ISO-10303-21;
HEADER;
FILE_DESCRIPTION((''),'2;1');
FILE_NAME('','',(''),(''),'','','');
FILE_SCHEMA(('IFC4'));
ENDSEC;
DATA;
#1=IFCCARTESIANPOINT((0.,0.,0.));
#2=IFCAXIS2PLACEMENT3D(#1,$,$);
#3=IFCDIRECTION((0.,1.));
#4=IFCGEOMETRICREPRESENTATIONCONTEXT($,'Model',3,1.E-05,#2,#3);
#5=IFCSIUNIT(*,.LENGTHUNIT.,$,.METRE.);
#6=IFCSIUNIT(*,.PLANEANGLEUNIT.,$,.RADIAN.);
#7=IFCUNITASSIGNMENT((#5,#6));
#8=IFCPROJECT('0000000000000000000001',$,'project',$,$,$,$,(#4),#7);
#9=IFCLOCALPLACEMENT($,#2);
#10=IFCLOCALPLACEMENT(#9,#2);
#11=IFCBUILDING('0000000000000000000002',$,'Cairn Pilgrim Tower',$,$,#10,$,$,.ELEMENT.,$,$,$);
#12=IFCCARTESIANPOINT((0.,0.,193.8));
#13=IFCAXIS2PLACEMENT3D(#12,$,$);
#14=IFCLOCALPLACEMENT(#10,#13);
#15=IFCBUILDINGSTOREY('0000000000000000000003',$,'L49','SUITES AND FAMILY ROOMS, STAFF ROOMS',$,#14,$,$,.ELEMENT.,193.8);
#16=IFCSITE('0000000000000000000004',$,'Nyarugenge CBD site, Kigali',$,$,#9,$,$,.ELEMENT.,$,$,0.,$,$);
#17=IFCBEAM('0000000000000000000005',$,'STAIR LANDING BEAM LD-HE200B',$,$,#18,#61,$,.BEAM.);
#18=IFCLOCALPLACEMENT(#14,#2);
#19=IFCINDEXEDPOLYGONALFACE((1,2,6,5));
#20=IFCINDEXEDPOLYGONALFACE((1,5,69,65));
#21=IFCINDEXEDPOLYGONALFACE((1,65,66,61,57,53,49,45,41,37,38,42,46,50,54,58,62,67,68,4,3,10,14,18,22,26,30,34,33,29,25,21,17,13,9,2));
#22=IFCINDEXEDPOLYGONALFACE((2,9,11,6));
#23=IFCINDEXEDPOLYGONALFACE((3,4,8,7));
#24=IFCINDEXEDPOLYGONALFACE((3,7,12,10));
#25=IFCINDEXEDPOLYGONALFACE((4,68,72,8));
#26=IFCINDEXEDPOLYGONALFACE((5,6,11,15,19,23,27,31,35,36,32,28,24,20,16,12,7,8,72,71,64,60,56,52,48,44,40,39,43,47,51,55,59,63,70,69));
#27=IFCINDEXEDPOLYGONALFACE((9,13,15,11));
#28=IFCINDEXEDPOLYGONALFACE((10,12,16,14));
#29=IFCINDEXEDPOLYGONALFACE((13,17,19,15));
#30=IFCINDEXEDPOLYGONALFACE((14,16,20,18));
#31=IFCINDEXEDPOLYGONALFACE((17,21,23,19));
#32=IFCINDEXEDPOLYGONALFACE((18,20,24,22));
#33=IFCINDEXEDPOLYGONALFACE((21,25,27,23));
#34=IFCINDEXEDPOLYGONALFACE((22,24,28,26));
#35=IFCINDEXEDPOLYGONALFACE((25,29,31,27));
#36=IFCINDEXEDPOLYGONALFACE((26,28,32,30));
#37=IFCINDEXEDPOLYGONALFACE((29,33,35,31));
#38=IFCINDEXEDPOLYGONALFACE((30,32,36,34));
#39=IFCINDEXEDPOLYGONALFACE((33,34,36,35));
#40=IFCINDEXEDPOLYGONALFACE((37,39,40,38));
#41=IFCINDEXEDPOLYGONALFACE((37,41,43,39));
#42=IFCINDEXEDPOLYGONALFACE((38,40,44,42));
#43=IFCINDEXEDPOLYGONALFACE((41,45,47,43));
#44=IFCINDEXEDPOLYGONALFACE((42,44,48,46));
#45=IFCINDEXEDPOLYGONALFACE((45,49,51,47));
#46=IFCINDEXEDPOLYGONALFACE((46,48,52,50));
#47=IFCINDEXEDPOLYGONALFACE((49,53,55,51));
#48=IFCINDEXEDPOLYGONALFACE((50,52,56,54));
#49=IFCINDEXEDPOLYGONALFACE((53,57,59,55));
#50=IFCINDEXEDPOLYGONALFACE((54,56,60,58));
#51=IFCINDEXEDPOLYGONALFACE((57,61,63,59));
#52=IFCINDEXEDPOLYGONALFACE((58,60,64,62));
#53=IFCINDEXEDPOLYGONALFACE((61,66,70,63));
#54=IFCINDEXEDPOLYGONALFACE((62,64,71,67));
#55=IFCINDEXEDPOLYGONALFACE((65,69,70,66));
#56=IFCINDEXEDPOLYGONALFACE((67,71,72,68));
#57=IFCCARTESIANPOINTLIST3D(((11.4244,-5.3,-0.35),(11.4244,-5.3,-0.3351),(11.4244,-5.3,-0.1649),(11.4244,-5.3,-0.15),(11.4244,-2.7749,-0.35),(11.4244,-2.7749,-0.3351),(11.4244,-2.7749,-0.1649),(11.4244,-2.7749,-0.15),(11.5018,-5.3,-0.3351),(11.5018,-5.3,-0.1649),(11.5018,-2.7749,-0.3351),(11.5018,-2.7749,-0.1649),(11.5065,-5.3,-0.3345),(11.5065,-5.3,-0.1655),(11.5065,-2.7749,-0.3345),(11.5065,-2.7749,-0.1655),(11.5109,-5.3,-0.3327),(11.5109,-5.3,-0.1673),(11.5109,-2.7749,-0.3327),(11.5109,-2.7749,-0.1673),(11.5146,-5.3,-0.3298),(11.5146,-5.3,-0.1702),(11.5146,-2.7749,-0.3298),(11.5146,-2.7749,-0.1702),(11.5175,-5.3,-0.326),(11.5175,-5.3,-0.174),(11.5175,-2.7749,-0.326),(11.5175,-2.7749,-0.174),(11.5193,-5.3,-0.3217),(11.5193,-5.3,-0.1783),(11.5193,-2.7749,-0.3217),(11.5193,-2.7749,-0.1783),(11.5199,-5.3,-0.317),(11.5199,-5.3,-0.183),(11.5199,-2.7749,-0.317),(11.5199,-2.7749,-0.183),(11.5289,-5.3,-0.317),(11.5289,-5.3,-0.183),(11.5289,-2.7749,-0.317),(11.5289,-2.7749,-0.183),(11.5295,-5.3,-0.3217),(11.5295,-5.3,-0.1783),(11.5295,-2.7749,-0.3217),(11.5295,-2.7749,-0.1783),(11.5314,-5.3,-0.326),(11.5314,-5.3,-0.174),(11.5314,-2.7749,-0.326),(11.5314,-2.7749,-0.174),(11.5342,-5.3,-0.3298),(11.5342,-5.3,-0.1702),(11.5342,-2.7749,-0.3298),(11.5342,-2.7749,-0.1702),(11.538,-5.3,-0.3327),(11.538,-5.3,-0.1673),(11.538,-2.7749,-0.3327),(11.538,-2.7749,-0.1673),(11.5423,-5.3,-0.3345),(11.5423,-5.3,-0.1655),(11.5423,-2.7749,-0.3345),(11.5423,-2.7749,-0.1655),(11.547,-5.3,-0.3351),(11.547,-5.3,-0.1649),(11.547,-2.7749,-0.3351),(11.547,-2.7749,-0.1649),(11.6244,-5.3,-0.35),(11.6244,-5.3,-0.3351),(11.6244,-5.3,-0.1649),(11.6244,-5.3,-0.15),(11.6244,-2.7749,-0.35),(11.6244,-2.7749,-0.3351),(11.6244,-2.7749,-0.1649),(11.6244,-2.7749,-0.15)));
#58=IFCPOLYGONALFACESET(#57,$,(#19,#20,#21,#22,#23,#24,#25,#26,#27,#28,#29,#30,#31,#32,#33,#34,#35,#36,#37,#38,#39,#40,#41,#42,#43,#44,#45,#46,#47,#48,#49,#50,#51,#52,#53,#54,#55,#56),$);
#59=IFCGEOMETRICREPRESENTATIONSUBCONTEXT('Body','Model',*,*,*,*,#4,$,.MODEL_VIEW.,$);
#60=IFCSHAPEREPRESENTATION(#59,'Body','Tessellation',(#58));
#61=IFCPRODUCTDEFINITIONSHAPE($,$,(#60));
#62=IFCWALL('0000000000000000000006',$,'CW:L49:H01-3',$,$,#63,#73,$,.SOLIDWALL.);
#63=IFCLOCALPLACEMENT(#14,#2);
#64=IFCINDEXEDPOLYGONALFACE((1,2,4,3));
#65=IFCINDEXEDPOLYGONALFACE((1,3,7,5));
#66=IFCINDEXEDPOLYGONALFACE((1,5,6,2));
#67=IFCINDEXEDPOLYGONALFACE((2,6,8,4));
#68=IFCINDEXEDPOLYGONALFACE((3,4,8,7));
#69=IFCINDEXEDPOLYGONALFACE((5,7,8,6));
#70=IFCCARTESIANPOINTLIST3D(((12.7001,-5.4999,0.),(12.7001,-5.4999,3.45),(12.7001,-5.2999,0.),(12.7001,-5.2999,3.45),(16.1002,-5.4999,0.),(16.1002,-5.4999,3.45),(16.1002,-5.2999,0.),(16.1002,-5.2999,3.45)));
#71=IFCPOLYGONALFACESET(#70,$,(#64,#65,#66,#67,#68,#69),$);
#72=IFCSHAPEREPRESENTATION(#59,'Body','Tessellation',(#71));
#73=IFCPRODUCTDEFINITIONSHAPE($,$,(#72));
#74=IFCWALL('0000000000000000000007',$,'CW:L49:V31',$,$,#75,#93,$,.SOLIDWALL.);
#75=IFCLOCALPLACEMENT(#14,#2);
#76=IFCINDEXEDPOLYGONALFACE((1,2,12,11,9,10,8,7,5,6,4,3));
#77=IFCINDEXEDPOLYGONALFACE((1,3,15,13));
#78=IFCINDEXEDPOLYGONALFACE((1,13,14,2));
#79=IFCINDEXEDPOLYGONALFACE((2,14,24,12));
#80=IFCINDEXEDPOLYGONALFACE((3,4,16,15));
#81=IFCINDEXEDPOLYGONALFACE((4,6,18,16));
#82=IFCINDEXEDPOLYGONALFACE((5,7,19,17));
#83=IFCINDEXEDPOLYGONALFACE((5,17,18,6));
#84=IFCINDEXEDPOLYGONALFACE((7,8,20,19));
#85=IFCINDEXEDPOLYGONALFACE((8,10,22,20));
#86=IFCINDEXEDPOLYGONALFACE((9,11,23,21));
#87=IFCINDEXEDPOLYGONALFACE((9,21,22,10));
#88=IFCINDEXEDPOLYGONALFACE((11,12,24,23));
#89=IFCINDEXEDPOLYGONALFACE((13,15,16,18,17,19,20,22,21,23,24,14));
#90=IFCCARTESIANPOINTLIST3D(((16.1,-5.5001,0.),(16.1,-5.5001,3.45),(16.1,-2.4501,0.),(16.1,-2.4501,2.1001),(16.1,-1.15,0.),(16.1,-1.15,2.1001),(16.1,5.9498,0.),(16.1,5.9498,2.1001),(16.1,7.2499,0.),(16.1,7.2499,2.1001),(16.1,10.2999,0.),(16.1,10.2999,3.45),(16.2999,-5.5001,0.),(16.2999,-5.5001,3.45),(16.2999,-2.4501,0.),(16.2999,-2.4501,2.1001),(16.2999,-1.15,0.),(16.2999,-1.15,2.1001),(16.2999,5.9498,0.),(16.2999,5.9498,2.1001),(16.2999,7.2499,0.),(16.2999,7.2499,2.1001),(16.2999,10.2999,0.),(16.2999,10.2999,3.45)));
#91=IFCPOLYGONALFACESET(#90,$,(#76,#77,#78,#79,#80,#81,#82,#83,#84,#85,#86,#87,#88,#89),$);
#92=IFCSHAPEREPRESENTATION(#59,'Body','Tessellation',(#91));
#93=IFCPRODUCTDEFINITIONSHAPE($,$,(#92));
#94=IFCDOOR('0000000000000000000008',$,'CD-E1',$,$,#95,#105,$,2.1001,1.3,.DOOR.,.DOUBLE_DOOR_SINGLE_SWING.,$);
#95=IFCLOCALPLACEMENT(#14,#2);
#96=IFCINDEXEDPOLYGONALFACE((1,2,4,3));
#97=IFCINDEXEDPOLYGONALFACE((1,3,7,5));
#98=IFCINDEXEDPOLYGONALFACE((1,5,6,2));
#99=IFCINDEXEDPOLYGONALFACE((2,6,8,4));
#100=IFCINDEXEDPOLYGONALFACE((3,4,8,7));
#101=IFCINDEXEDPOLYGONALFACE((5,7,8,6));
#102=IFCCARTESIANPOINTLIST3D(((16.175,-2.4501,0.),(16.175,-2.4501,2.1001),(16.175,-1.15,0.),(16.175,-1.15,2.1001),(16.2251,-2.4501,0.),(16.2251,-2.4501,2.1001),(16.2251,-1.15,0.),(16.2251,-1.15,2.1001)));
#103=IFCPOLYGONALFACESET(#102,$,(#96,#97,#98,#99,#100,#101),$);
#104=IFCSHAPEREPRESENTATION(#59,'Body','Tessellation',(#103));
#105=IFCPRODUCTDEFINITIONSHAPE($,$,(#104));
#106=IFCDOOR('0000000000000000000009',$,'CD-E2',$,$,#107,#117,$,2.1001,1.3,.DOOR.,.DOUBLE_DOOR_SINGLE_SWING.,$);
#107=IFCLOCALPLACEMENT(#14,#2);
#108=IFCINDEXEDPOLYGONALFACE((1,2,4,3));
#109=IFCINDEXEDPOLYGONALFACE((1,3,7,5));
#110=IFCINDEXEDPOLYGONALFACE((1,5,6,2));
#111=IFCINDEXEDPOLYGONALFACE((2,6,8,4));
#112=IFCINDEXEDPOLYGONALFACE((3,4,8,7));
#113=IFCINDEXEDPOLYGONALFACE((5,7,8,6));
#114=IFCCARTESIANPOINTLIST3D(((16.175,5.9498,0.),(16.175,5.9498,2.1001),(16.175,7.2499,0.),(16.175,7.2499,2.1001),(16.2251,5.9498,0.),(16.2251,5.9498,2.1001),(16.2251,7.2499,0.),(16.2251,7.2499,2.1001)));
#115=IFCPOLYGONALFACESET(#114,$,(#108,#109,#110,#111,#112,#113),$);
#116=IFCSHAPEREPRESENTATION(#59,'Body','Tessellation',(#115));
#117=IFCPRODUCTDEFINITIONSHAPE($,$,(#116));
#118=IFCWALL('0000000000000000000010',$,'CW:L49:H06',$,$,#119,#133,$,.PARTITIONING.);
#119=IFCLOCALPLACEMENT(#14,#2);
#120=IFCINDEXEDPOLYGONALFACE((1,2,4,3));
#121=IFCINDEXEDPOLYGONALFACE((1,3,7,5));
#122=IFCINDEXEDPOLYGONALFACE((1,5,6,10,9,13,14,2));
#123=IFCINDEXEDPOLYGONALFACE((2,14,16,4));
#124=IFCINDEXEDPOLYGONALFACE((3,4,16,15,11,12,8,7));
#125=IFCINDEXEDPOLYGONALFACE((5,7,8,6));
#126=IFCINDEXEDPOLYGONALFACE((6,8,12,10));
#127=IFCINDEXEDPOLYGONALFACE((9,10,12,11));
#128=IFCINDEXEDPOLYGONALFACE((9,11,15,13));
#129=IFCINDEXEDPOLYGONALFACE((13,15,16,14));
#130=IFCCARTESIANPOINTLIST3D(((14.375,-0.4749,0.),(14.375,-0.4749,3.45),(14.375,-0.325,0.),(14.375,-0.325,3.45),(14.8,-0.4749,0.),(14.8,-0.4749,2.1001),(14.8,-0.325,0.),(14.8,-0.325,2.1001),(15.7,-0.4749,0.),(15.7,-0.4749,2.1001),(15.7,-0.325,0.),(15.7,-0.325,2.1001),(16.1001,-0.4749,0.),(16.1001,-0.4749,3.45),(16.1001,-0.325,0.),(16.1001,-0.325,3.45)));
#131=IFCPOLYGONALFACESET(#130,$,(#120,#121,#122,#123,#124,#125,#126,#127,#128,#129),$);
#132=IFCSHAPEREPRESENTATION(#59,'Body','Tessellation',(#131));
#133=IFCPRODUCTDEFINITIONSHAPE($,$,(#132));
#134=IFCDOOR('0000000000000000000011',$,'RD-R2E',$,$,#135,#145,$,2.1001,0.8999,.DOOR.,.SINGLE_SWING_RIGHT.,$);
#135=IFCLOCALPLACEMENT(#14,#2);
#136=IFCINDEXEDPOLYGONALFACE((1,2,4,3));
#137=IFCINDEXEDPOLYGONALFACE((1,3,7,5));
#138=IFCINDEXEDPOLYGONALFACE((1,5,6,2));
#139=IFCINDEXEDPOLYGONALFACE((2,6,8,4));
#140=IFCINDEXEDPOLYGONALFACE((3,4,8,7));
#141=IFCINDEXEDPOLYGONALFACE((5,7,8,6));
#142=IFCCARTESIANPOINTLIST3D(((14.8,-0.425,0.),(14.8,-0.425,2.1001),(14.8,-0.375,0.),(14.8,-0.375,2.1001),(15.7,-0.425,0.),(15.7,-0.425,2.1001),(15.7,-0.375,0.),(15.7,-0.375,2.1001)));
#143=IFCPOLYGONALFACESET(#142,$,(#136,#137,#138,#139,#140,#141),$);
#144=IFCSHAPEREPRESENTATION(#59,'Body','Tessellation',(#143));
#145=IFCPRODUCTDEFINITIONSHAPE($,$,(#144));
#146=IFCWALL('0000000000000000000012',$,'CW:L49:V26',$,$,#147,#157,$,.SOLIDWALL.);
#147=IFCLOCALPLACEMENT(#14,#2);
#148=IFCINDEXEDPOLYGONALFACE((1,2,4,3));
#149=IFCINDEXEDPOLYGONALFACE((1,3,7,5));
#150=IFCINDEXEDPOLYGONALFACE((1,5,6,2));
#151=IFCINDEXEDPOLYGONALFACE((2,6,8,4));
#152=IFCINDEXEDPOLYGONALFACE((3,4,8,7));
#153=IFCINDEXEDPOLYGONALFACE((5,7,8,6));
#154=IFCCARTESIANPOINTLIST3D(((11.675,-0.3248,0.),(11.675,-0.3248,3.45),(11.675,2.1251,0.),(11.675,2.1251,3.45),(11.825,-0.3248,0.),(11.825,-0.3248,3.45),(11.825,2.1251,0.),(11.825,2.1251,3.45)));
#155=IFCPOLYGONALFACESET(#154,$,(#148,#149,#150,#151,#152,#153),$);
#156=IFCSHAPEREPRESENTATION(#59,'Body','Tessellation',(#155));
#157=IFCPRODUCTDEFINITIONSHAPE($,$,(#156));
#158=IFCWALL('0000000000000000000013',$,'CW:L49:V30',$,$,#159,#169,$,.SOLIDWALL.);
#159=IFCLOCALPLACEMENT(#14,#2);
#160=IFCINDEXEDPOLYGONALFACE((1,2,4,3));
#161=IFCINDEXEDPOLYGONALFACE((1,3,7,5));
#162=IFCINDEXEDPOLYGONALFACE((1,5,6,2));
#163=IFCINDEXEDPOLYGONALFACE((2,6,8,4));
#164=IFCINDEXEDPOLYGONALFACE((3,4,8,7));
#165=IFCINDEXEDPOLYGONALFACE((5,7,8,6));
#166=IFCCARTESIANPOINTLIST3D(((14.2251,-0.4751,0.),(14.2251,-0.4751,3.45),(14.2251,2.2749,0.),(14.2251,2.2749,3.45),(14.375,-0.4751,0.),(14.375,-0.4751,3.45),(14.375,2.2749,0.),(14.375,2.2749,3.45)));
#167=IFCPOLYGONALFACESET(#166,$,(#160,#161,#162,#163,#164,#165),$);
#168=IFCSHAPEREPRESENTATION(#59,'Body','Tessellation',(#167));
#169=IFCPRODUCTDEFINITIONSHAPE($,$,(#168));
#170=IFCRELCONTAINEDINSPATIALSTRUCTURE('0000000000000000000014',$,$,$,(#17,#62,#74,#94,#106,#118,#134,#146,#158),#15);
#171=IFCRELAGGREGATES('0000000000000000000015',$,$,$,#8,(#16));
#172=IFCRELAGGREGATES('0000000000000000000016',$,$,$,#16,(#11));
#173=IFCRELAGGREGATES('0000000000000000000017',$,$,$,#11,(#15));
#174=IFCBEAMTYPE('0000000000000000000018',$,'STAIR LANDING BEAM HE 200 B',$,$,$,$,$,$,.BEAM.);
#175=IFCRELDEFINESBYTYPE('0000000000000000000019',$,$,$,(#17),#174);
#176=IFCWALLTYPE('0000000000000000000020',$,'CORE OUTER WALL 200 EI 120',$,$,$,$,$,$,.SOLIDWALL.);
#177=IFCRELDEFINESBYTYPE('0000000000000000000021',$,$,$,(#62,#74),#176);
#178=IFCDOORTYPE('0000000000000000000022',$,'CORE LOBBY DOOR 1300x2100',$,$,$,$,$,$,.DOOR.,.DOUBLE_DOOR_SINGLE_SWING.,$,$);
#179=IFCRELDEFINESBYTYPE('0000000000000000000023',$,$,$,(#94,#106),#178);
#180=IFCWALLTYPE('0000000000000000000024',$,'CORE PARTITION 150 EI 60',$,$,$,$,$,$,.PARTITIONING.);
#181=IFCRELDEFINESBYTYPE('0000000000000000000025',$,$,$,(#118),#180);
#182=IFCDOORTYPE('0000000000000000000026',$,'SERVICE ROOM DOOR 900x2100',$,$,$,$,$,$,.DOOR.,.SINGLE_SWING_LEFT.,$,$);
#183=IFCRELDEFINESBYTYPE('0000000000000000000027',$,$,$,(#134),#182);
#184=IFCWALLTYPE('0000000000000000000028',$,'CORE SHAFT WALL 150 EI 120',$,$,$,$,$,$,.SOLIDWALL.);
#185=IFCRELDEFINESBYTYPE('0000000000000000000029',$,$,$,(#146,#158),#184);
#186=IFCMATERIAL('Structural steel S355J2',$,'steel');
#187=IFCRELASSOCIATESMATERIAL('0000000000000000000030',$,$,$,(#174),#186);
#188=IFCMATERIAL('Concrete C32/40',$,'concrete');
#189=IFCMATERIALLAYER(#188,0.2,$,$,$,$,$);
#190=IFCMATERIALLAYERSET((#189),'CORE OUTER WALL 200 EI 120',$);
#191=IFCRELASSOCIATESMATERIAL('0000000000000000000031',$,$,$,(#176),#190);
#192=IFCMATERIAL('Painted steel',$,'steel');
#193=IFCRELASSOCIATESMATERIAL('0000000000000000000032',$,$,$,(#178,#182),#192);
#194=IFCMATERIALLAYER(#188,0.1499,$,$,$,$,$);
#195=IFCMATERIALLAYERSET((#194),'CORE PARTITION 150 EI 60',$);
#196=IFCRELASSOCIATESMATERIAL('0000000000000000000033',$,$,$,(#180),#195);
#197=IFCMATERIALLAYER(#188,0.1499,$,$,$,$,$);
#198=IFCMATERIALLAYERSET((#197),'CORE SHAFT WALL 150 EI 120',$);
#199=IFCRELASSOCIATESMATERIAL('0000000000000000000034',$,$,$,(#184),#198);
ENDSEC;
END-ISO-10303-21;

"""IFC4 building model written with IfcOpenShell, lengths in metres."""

from ifc_helpers import new_model, si_unit, direction, frame, frame_2d, origin, origin_2d, place, context, subcontext, project, spatial, rectangle, i_section, extrude, material, layer, layer_set, material_profile, profile_set, type_object, element, fill, save


model = new_model("IFC4")

# Units and contexts
model_context = context("Model", 3, precision=1e-05, world=origin(), true_north=direction((0.0, 1.0)))
body_context = subcontext(model_context, "Body", "Model", "MODEL_VIEW")
ifc_project = project(units=[si_unit("LENGTHUNIT", "METRE"), si_unit("PLANEANGLEUNIT", "RADIAN")], contexts=[model_context])

# Site, building, storey
site_placement = place(None, origin())
site = spatial("IfcSite", under=ifc_project, at=site_placement, Name="Nyarugenge CBD site, Kigali", CompositionType="ELEMENT", RefElevation=0.0)
building_placement = place(site_placement, origin())
building = spatial("IfcBuilding", under=site, at=building_placement, Name="Cairn Pilgrim Tower", CompositionType="ELEMENT")
storey_placement = place(building_placement, frame((0.0, 0.0, 193.8)))
storey = spatial("IfcBuildingStorey", under=building, at=storey_placement, Name="L49", Description="SUITES AND FAMILY ROOMS, STAFF ROOMS", CompositionType="ELEMENT", Elevation=193.8)

# Shared definitions
ifc_material_1 = material(Name="Structural steel S355J2", Category="steel")

# Beam
ifc_material_profile_1 = material_profile(ifc_material_1, i_section(OverallWidth=0.2, OverallDepth=0.2, WebThickness=0.009, FlangeThickness=0.0149, FilletRadius=0.0181, at=origin_2d()), Name="HE 200 B")
ifc_profile_set_1 = profile_set([ifc_material_profile_1], Name="Structural steel S355J2")
beam_type_1 = type_object("IfcBeamType", Name="STAIR LANDING BEAM HE 200 B", PredefinedType="BEAM", material=ifc_profile_set_1)
beam_1_placement = place(storey_placement, frame((11.5244, -2.7749, -0.25), z_axis=(0.0, -1.0, 0.0), x_axis=(1.0, 0.0, 0.0)))
element("IfcBeam", 1, at=beam_1_placement, inside=storey, type_object=beam_type_1, Name="STAIR LANDING BEAM LD-HE200B", PredefinedType="BEAM", context=body_context, shape_type="SweptSolid", body=[
    extrude(i_section(OverallWidth=0.2, OverallDepth=0.2, WebThickness=0.009, FlangeThickness=0.0149, FilletRadius=0.0181, at=origin_2d()), origin(), (0.0, 0.0, 1.0), 2.5251),
])

# Wall
ifc_material_2 = material(Name="Concrete C32/40", Category="concrete")
ifc_layer_1 = layer(ifc_material_2, 0.2)
ifc_layer_set_1 = layer_set([ifc_layer_1], Name="CORE OUTER WALL 200 EI 120")
wall_type_1 = type_object("IfcWallType", Name="CORE OUTER WALL 200 EI 120", PredefinedType="SOLIDWALL", material=ifc_layer_set_1)
wall_1_placement = place(storey_placement, frame((12.7, -5.3999, 0.0), z_axis=(0.0, 0.0, 1.0), x_axis=(1.0, 0.0, 0.0)))
element("IfcWall", 2, at=wall_1_placement, inside=storey, type_object=wall_type_1, Name="CW:L49:H01-3", PredefinedType="SOLIDWALL", context=body_context, shape_type="SweptSolid", body=[
    extrude(rectangle(XDim=3.4001, YDim=0.2, at=frame_2d((1.7002, 0.0))), origin(), (0.0, 0.0, 1.0), 3.45),
])

# Wall, openings, doors
wall_2_placement = place(storey_placement, frame((16.2, -5.5, 0.0), z_axis=(0.0, 0.0, 1.0), x_axis=(0.0, 1.0, 0.0)))
wall_2 = element("IfcWall", 3, at=wall_2_placement, inside=storey, type_object=wall_type_1, Name="CW:L49:V31", PredefinedType="SOLIDWALL", context=body_context, shape_type="SweptSolid", body=[
    extrude(rectangle(XDim=15.8, YDim=0.2, at=frame_2d((7.8999, 0.0))), origin(), (0.0, 0.0, 1.0), 3.45),
])
opening_1_placement = place(wall_2_placement, frame((3.05, 0.0, 0.0)))
opening_1 = element("IfcOpeningElement", 4, at=opening_1_placement, cuts=wall_2, PredefinedType="OPENING", context=body_context, shape_type="SweptSolid", body=[
    extrude(rectangle(XDim=1.3, YDim=2.1001, at=frame_2d((0.6499, 1.05))), frame((0.0, 0.1099, 0.0), z_axis=(0.0, -1.0, 0.0), x_axis=(1.0, 0.0, 0.0)), (0.0, 0.0, 1.0), 0.22),
])
opening_2_placement = place(wall_2_placement, frame((11.45, 0.0, 0.0)))
opening_2 = element("IfcOpeningElement", 5, at=opening_2_placement, cuts=wall_2, PredefinedType="OPENING", context=body_context, shape_type="SweptSolid", body=[
    extrude(rectangle(XDim=1.3, YDim=2.1001, at=frame_2d((0.6499, 1.05))), frame((0.0, 0.1099, 0.0), z_axis=(0.0, -1.0, 0.0), x_axis=(1.0, 0.0, 0.0)), (0.0, 0.0, 1.0), 0.22),
])
ifc_material_3 = material(Name="Painted steel", Category="steel")
door_type_1 = type_object("IfcDoorType", Name="CORE LOBBY DOOR 1300x2100", OperationType="DOUBLE_DOOR_SINGLE_SWING", PredefinedType="DOOR", material=ifc_material_3)
door_1_placement = place(opening_1_placement, origin())
door_1 = element("IfcDoor", 6, at=door_1_placement, inside=storey, type_object=door_type_1, Name="CD-E1", OperationType="DOUBLE_DOOR_SINGLE_SWING", OverallHeight=2.1001, OverallWidth=1.3, PredefinedType="DOOR", context=body_context, shape_type="SweptSolid", body=[
    extrude(rectangle(XDim=1.3, YDim=2.1001, at=frame_2d((0.6499, 1.05))), frame((0.0, 0.0249, 0.0), z_axis=(0.0, -1.0, 0.0), x_axis=(1.0, 0.0, 0.0)), (0.0, 0.0, 1.0), 0.05),
])
fill(opening_1, door_1)
door_2_placement = place(opening_2_placement, origin())
door_2 = element("IfcDoor", 7, at=door_2_placement, inside=storey, type_object=door_type_1, Name="CD-E2", OperationType="DOUBLE_DOOR_SINGLE_SWING", OverallHeight=2.1001, OverallWidth=1.3, PredefinedType="DOOR", context=body_context, shape_type="SweptSolid", body=[
    extrude(rectangle(XDim=1.3, YDim=2.1001, at=frame_2d((0.6499, 1.05))), frame((0.0, 0.0249, 0.0), z_axis=(0.0, -1.0, 0.0), x_axis=(1.0, 0.0, 0.0)), (0.0, 0.0, 1.0), 0.05),
])
fill(opening_2, door_2)

# Wall, opening, door
ifc_layer_2 = layer(ifc_material_2, 0.1499)
ifc_layer_set_2 = layer_set([ifc_layer_2], Name="CORE PARTITION 150 EI 60")
wall_type_2 = type_object("IfcWallType", Name="CORE PARTITION 150 EI 60", PredefinedType="PARTITIONING", material=ifc_layer_set_2)
wall_3_placement = place(storey_placement, frame((14.375, -0.3999, 0.0), z_axis=(0.0, 0.0, 1.0), x_axis=(1.0, 0.0, 0.0)))
wall_3 = element("IfcWall", 8, at=wall_3_placement, inside=storey, type_object=wall_type_2, Name="CW:L49:H06", PredefinedType="PARTITIONING", context=body_context, shape_type="SweptSolid", body=[
    extrude(rectangle(XDim=1.7251, YDim=0.1499, at=frame_2d((0.8625, 0.0))), origin(), (0.0, 0.0, 1.0), 3.45),
])
opening_3_placement = place(wall_3_placement, frame((0.425, 0.0, 0.0)))
opening_3 = element("IfcOpeningElement", 9, at=opening_3_placement, cuts=wall_3, PredefinedType="OPENING", context=body_context, shape_type="SweptSolid", body=[
    extrude(rectangle(XDim=0.8999, YDim=2.1001, at=frame_2d((0.45, 1.05))), frame((0.0, 0.085, 0.0), z_axis=(0.0, -1.0, 0.0), x_axis=(1.0, 0.0, 0.0)), (0.0, 0.0, 1.0), 0.1699),
])
door_type_2 = type_object("IfcDoorType", Name="SERVICE ROOM DOOR 900x2100", OperationType="SINGLE_SWING_LEFT", PredefinedType="DOOR", material=ifc_material_3)
door_3_placement = place(opening_3_placement, origin())
door_3 = element("IfcDoor", 10, at=door_3_placement, inside=storey, type_object=door_type_2, Name="RD-R2E", OperationType="SINGLE_SWING_RIGHT", OverallHeight=2.1001, OverallWidth=0.8999, PredefinedType="DOOR", context=body_context, shape_type="SweptSolid", body=[
    extrude(rectangle(XDim=0.8999, YDim=2.1001, at=frame_2d((0.45, 1.05))), frame((0.0, 0.0249, 0.0), z_axis=(0.0, -1.0, 0.0), x_axis=(1.0, 0.0, 0.0)), (0.0, 0.0, 1.0), 0.05),
])
fill(opening_3, door_3)

# Walls
ifc_layer_3 = layer(ifc_material_2, 0.1499)
ifc_layer_set_3 = layer_set([ifc_layer_3], Name="CORE SHAFT WALL 150 EI 120")
wall_type_3 = type_object("IfcWallType", Name="CORE SHAFT WALL 150 EI 120", PredefinedType="SOLIDWALL", material=ifc_layer_set_3)
wall_4_placement = place(storey_placement, frame((11.75, -0.325, 0.0), z_axis=(0.0, 0.0, 1.0), x_axis=(0.0, 1.0, 0.0)))
element("IfcWall", 11, at=wall_4_placement, inside=storey, type_object=wall_type_3, Name="CW:L49:V26", PredefinedType="SOLIDWALL", context=body_context, shape_type="SweptSolid", body=[
    extrude(rectangle(XDim=2.45, YDim=0.1499, at=frame_2d((1.2251, 0.0))), origin(), (0.0, 0.0, 1.0), 3.45),
])
wall_5_placement = place(storey_placement, frame((14.3, -0.4751, 0.0), z_axis=(0.0, 0.0, 1.0), x_axis=(0.0, 1.0, 0.0)))
element("IfcWall", 12, at=wall_5_placement, inside=storey, type_object=wall_type_3, Name="CW:L49:V30", PredefinedType="SOLIDWALL", context=body_context, shape_type="SweptSolid", body=[
    extrude(rectangle(XDim=2.75, YDim=0.1499, at=frame_2d((1.375, 0.0))), origin(), (0.0, 0.0, 1.0), 3.45),
])

save(model, "model.ifc")
